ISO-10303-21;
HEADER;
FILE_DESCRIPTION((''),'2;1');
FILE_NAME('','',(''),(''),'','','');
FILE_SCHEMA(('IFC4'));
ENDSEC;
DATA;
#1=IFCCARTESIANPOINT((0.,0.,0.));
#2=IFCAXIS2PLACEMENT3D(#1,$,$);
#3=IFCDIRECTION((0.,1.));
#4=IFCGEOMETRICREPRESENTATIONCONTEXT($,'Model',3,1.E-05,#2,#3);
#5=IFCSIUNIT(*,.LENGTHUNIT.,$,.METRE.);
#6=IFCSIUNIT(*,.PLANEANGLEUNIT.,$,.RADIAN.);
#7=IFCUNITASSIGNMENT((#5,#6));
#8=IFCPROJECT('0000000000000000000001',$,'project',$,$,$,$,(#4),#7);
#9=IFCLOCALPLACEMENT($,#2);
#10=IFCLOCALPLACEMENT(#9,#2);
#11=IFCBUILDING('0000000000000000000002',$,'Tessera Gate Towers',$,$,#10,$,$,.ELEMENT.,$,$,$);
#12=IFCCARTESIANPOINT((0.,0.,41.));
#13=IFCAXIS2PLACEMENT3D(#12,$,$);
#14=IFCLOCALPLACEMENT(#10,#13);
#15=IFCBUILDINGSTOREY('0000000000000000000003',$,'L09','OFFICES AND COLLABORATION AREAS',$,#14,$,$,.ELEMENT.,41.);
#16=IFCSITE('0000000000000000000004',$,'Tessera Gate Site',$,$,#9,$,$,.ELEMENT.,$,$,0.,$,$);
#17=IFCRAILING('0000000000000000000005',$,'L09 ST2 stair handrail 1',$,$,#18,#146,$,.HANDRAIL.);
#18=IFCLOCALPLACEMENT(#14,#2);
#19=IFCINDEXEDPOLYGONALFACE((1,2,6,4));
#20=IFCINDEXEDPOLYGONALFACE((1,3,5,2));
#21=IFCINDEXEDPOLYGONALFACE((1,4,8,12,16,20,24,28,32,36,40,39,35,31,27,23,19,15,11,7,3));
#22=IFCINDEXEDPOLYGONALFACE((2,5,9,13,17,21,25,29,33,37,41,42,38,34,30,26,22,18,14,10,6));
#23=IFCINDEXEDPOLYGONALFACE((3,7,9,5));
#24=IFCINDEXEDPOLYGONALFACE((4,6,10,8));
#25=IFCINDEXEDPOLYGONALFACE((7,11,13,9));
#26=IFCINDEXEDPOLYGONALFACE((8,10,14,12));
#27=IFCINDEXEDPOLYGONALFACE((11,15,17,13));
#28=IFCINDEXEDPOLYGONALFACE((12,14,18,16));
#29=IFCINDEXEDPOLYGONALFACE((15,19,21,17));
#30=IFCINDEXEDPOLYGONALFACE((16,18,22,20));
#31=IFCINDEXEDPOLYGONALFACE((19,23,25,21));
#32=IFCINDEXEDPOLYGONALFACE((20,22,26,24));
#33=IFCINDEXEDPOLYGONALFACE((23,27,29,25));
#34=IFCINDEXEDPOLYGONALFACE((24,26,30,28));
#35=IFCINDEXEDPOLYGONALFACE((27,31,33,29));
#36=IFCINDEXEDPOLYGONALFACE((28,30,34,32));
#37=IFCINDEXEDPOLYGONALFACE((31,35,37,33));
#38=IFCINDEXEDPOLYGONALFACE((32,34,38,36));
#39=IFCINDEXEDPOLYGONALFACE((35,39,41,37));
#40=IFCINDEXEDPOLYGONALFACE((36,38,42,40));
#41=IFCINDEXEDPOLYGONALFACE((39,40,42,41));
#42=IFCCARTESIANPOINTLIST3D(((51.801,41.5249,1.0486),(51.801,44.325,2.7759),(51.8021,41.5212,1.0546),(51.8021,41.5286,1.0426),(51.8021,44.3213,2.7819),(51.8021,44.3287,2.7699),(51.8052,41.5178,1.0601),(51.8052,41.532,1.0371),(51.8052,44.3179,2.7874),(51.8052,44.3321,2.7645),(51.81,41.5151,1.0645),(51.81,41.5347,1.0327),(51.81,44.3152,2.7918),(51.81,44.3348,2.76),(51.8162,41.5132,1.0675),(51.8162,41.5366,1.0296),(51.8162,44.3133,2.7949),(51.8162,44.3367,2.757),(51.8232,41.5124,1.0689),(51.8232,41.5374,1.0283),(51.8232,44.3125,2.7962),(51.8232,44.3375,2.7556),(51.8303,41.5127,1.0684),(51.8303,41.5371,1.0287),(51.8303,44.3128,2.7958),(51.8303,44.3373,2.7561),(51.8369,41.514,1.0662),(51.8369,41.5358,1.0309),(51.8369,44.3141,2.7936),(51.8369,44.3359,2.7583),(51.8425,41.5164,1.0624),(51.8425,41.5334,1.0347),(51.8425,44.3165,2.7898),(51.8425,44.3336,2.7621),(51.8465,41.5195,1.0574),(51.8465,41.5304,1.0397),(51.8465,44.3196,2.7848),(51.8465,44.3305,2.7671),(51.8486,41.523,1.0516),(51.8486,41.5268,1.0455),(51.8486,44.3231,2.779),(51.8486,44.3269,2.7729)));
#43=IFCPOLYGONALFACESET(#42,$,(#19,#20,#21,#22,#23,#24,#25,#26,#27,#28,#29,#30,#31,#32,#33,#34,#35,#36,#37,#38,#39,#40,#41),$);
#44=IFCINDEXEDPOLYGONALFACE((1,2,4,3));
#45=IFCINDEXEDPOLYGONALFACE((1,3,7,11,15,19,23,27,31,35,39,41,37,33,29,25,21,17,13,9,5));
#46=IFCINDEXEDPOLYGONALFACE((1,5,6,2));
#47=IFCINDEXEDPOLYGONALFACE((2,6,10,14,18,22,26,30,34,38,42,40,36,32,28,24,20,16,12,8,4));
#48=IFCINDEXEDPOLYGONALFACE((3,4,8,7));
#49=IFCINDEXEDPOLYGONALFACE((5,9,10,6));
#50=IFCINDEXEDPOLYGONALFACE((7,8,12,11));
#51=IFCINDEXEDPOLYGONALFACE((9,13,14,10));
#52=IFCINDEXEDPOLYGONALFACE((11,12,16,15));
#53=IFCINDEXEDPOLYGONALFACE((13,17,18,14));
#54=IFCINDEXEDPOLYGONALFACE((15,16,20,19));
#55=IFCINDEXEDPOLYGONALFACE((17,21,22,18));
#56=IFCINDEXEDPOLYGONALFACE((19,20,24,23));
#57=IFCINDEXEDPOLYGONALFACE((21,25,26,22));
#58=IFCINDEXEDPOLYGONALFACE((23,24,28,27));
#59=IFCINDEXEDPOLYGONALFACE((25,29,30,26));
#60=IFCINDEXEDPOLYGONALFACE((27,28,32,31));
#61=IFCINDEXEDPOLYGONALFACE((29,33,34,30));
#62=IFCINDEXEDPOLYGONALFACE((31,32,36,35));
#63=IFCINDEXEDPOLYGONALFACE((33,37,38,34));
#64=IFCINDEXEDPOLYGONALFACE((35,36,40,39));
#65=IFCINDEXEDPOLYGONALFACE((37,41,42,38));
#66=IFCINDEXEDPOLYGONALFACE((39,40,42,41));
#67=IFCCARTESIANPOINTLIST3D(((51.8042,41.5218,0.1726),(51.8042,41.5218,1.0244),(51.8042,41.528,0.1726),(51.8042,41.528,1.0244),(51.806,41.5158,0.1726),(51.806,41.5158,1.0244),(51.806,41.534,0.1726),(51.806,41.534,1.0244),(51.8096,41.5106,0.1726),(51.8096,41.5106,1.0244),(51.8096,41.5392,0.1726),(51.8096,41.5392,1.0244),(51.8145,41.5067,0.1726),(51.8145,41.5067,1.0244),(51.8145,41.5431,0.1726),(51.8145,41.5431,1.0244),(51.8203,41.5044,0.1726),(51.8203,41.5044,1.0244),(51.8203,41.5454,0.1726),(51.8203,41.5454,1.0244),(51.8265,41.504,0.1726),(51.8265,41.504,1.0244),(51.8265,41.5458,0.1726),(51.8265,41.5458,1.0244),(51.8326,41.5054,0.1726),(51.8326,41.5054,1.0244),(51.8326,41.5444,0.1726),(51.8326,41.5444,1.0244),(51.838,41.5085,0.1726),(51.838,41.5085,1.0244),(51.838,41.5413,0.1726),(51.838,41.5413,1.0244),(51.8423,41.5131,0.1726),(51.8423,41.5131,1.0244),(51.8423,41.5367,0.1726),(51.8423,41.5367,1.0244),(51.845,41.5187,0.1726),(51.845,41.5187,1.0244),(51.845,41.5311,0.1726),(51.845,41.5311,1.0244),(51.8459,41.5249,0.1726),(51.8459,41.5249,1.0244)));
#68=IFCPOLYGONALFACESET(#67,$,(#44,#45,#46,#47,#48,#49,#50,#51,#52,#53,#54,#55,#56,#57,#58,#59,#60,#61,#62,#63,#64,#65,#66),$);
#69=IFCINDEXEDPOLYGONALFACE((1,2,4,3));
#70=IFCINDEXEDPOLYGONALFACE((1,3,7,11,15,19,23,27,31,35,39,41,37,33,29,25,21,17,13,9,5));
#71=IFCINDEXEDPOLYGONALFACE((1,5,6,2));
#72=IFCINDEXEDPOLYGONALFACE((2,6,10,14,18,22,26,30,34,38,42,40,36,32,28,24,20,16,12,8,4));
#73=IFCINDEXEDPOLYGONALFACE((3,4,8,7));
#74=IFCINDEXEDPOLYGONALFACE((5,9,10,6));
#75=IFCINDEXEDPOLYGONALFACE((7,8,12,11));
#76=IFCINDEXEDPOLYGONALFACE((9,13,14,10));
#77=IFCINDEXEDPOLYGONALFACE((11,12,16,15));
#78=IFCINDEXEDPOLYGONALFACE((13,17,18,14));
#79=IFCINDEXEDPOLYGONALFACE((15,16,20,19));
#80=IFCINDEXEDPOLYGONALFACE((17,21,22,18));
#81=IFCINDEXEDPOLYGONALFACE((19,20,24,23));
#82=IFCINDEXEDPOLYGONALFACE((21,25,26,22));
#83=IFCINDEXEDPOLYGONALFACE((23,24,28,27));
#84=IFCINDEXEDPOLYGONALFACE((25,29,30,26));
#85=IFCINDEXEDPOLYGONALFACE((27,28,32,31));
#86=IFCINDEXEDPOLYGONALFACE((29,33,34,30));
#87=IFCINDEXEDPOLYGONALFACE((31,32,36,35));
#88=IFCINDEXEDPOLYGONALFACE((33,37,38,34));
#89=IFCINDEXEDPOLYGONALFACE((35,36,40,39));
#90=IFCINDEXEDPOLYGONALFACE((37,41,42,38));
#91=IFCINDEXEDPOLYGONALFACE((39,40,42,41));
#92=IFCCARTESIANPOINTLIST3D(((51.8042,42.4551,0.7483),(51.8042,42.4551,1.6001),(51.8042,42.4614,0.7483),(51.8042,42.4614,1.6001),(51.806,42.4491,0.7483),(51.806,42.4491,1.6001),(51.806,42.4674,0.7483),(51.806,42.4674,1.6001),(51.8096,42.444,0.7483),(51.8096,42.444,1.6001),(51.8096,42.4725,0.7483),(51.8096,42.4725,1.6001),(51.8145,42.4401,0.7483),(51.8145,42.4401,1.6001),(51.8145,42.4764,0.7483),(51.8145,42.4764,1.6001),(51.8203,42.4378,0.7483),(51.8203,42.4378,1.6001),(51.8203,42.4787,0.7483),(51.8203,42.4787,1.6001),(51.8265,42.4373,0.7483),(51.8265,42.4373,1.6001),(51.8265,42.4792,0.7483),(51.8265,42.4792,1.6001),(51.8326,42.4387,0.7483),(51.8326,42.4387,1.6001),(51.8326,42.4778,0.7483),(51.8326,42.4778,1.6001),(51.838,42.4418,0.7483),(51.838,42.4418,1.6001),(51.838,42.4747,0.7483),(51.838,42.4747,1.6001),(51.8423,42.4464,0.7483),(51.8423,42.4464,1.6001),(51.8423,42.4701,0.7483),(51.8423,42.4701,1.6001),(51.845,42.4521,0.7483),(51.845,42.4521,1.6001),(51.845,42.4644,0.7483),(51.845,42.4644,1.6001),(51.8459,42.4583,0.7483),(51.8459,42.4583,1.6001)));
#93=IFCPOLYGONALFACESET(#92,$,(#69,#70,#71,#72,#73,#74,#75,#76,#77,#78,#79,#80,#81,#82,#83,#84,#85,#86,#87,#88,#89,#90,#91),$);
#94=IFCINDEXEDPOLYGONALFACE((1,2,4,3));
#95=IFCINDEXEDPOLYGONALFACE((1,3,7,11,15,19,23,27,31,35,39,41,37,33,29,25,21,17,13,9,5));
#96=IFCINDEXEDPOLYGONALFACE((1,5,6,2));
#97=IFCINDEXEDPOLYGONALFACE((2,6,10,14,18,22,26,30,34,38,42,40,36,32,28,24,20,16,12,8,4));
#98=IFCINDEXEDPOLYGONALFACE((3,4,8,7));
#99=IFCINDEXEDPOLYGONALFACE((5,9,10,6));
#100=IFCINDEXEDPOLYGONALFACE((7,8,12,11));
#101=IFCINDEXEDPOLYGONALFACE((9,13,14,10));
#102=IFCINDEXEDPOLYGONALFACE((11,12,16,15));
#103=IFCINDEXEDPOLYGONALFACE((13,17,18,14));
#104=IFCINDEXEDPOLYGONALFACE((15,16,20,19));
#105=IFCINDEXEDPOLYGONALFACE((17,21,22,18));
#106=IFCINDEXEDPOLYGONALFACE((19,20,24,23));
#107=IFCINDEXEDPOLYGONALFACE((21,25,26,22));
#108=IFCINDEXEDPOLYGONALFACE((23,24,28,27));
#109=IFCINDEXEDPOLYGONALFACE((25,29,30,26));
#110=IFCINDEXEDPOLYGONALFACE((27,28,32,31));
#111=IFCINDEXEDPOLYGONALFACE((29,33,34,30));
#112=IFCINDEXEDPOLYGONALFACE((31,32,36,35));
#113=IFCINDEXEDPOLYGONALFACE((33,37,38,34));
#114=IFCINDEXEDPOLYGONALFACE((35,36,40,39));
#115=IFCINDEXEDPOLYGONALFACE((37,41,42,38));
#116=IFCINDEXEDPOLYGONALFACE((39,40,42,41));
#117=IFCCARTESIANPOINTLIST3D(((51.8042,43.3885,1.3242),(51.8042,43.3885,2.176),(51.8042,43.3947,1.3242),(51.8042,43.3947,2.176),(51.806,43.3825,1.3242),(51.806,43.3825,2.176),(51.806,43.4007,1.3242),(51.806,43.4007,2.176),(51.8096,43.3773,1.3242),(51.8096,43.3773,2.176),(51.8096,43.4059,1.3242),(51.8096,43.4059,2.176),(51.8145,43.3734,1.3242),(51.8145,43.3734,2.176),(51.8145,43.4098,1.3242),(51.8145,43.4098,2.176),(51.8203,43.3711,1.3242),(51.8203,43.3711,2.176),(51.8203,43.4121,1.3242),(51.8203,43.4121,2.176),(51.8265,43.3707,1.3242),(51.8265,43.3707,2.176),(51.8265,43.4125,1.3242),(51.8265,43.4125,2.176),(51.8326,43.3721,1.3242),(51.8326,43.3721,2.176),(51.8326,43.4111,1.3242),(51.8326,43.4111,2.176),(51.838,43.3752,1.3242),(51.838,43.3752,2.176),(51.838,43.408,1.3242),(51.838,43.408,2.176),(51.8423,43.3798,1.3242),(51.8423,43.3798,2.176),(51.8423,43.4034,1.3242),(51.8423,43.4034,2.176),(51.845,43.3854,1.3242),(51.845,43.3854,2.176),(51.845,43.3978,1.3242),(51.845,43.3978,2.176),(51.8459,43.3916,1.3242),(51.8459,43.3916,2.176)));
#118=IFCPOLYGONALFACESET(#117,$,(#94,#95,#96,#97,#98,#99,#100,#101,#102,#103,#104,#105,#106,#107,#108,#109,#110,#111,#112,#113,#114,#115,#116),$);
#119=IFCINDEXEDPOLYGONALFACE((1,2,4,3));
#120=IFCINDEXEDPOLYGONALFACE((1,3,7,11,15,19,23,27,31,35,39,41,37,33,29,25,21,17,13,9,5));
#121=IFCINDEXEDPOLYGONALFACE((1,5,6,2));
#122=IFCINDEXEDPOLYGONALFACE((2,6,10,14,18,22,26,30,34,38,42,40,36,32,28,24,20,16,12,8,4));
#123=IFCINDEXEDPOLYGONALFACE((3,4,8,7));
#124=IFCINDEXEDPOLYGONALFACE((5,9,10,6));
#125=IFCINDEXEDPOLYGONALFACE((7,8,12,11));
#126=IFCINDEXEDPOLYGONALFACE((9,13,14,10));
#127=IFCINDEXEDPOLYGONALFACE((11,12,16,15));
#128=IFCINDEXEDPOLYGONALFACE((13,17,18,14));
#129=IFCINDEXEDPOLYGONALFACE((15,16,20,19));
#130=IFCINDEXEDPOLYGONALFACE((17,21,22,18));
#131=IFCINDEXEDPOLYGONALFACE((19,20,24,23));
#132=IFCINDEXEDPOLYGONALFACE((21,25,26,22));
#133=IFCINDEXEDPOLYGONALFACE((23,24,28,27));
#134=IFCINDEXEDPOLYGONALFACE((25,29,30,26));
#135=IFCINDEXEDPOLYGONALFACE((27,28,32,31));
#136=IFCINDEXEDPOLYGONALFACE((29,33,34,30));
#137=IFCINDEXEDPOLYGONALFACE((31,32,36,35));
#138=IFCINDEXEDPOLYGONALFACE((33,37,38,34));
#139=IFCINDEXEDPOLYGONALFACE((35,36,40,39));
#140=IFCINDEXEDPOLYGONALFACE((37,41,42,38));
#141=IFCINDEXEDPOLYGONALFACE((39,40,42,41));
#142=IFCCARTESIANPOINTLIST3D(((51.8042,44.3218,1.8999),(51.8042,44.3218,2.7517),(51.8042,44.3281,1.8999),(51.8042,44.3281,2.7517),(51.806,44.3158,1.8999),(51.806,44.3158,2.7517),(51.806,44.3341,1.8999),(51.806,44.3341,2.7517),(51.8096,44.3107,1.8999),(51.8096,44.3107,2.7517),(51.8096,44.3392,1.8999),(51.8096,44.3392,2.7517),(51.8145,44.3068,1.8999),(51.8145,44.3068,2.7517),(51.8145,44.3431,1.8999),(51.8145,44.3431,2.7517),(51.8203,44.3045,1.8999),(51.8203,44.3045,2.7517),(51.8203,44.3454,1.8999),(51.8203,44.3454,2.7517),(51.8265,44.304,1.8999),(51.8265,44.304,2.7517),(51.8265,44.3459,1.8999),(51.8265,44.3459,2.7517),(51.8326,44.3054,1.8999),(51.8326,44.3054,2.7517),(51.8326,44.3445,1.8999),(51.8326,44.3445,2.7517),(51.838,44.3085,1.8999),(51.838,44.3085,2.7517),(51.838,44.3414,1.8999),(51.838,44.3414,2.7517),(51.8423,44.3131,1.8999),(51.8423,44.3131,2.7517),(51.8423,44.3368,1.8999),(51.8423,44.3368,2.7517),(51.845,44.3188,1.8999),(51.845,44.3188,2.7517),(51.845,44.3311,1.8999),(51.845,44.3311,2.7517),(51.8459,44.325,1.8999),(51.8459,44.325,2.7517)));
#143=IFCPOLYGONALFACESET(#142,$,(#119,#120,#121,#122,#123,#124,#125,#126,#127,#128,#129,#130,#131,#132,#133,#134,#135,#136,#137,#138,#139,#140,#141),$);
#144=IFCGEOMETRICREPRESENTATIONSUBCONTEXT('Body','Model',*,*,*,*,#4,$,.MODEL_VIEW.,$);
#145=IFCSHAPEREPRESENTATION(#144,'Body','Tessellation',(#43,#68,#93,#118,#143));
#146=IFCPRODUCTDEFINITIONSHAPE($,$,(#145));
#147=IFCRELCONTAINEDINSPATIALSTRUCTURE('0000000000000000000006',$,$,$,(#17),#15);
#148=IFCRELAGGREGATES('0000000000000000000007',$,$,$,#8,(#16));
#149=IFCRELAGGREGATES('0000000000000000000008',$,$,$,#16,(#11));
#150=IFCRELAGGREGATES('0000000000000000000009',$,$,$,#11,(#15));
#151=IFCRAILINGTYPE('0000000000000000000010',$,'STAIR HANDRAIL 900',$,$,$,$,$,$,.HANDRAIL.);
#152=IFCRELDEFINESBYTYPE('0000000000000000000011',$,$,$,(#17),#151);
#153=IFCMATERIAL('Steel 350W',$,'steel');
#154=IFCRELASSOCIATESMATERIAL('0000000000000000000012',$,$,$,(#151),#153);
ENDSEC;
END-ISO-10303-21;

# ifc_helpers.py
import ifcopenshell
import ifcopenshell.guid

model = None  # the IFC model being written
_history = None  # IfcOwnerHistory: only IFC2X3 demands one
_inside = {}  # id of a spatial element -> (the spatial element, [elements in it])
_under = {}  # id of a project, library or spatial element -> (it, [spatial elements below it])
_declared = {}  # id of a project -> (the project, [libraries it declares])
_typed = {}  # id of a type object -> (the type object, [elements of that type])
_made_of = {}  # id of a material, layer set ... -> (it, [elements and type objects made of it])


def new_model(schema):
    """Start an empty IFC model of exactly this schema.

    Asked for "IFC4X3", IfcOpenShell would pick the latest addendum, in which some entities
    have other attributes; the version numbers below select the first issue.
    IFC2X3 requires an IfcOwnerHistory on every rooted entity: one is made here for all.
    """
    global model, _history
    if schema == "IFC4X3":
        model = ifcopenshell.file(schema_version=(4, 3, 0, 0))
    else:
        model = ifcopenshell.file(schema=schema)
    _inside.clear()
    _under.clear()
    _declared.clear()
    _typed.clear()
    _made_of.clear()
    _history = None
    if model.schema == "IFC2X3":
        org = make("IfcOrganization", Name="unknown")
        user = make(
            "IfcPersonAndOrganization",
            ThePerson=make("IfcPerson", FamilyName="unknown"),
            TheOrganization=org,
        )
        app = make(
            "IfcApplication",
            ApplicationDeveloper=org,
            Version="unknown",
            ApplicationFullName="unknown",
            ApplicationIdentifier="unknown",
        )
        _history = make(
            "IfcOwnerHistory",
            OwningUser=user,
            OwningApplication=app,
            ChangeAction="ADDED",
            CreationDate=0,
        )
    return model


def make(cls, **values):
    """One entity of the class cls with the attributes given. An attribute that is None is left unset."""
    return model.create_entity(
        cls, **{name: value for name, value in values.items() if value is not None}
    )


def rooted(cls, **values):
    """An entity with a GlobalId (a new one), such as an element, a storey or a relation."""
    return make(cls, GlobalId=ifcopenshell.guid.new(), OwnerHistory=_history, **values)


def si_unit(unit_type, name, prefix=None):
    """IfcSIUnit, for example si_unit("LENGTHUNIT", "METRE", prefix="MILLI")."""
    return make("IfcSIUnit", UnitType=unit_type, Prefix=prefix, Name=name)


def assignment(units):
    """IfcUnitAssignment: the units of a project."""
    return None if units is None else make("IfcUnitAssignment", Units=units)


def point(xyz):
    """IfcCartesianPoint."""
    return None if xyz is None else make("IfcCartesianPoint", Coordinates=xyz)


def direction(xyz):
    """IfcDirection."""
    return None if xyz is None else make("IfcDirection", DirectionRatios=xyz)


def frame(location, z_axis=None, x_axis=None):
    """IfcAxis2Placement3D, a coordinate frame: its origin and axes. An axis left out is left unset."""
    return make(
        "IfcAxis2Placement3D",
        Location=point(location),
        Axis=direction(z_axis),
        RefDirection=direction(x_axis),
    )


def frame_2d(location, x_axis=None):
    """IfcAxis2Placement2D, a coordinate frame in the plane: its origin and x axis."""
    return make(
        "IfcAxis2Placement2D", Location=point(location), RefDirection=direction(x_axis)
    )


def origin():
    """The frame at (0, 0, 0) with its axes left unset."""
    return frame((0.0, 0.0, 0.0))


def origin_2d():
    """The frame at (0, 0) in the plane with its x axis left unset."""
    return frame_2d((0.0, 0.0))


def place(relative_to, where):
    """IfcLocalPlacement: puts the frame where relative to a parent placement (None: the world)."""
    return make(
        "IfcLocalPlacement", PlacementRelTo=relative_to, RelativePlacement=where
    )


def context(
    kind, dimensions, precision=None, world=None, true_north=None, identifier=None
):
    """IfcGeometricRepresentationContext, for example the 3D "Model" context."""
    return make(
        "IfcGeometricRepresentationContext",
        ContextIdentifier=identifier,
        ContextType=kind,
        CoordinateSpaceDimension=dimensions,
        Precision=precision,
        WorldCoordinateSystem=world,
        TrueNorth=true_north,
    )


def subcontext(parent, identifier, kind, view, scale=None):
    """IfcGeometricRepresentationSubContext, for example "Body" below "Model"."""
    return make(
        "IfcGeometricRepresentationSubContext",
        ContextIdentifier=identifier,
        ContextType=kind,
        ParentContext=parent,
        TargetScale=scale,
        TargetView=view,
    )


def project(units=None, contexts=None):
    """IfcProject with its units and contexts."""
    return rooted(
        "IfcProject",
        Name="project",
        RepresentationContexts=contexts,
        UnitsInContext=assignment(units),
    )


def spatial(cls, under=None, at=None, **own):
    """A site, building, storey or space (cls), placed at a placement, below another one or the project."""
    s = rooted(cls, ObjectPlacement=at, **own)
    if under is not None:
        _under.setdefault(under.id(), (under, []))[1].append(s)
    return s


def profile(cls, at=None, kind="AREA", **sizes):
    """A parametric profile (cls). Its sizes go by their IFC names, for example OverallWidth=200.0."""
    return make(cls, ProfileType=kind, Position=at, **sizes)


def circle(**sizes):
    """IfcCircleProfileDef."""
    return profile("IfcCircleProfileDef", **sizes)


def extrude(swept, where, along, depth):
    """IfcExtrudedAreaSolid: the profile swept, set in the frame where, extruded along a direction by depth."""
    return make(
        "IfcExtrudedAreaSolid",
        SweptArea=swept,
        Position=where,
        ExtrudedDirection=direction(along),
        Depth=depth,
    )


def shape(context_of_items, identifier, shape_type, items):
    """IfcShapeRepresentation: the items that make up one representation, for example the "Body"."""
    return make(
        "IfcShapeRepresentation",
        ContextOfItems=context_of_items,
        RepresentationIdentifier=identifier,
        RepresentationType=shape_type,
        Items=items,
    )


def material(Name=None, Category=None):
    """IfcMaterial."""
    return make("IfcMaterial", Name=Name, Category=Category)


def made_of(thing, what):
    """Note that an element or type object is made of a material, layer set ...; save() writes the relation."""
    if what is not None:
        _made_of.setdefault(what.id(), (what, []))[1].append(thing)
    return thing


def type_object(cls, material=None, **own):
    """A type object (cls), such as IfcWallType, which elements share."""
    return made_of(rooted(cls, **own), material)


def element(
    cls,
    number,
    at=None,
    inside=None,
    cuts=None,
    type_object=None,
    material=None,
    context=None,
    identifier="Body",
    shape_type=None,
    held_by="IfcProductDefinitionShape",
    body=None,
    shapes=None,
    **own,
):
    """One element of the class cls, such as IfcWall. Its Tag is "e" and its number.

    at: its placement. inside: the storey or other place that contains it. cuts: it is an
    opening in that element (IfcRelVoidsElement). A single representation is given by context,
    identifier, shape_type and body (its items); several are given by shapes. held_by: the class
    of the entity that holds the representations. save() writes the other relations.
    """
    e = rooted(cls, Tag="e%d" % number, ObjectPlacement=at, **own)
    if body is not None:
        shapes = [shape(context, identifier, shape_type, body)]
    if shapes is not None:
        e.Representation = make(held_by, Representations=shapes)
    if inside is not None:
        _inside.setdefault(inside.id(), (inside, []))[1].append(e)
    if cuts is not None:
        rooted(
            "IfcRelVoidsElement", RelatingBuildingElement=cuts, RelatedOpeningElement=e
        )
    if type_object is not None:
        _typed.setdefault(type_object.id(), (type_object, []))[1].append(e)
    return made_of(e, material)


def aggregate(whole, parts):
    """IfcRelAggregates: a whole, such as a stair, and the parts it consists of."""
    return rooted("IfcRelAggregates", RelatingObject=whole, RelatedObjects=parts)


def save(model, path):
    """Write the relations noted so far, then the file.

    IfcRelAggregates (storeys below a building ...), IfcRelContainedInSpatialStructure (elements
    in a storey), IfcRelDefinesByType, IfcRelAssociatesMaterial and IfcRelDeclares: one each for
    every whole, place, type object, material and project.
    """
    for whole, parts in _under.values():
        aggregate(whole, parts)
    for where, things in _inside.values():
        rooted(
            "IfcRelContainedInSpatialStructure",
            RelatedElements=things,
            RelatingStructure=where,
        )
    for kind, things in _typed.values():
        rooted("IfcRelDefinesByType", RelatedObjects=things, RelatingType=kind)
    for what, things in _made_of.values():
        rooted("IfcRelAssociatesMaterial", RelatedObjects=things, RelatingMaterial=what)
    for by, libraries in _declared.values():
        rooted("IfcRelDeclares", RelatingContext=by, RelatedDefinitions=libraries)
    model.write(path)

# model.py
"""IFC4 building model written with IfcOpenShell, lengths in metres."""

from ifc_helpers import new_model, si_unit, direction, frame, origin, origin_2d, place, context, subcontext, project, spatial, circle, extrude, material, type_object, element, save


model = new_model("IFC4")

# Units and contexts
model_context = context("Model", 3, precision=1e-05, world=origin(), true_north=direction((0.0, 1.0)))
body_context = subcontext(model_context, "Body", "Model", "MODEL_VIEW")
ifc_project = project(units=[si_unit("LENGTHUNIT", "METRE"), si_unit("PLANEANGLEUNIT", "RADIAN")], contexts=[model_context])

# Site, building, storey
site_placement = place(None, origin())
site = spatial("IfcSite", under=ifc_project, at=site_placement, Name="Tessera Gate Site", CompositionType="ELEMENT", RefElevation=0.0)
building_placement = place(site_placement, origin())
building = spatial("IfcBuilding", under=site, at=building_placement, Name="Tessera Gate Towers", CompositionType="ELEMENT")
storey_placement = place(building_placement, frame((0.0, 0.0, 41.0)))
storey = spatial("IfcBuildingStorey", under=building, at=storey_placement, Name="L09", Description="OFFICES AND COLLABORATION AREAS", CompositionType="ELEMENT", Elevation=41.0)

# Railing
ifc_material_1 = material(Name="Steel 350W", Category="steel")
railing_type_1 = type_object("IfcRailingType", Name="STAIR HANDRAIL 900", PredefinedType="HANDRAIL", material=ifc_material_1)
railing_1_placement = place(storey_placement, frame((51.825, 41.5249, 0.1726)))
element("IfcRailing", 1, at=railing_1_placement, inside=storey, type_object=railing_type_1, Name="L09 ST2 stair handrail 1", PredefinedType="HANDRAIL", context=body_context, shape_type="SweptSolid", body=[
    extrude(circle(Radius=0.0239, at=origin_2d()), frame((0.0, 0.0, 0.876), z_axis=(0.0, 0.85109, 0.52502), x_axis=(-1.0, 0.0, 0.0)), (0.0, 0.0, 1.0), 3.29),
    extrude(circle(Radius=0.021, at=origin_2d()), origin(), (0.0, 0.0, 1.0), 0.8518),
    extrude(circle(Radius=0.021, at=origin_2d()), frame((0.0, 0.9333, 0.5757)), (0.0, 0.0, 1.0), 0.8518),
    extrude(circle(Radius=0.021, at=origin_2d()), frame((0.0, 1.8667, 1.1516)), (0.0, 0.0, 1.0), 0.8518),
    extrude(circle(Radius=0.021, at=origin_2d()), frame((0.0, 2.8, 1.7273)), (0.0, 0.0, 1.0), 0.8518),
])

save(model, "model.ifc")
